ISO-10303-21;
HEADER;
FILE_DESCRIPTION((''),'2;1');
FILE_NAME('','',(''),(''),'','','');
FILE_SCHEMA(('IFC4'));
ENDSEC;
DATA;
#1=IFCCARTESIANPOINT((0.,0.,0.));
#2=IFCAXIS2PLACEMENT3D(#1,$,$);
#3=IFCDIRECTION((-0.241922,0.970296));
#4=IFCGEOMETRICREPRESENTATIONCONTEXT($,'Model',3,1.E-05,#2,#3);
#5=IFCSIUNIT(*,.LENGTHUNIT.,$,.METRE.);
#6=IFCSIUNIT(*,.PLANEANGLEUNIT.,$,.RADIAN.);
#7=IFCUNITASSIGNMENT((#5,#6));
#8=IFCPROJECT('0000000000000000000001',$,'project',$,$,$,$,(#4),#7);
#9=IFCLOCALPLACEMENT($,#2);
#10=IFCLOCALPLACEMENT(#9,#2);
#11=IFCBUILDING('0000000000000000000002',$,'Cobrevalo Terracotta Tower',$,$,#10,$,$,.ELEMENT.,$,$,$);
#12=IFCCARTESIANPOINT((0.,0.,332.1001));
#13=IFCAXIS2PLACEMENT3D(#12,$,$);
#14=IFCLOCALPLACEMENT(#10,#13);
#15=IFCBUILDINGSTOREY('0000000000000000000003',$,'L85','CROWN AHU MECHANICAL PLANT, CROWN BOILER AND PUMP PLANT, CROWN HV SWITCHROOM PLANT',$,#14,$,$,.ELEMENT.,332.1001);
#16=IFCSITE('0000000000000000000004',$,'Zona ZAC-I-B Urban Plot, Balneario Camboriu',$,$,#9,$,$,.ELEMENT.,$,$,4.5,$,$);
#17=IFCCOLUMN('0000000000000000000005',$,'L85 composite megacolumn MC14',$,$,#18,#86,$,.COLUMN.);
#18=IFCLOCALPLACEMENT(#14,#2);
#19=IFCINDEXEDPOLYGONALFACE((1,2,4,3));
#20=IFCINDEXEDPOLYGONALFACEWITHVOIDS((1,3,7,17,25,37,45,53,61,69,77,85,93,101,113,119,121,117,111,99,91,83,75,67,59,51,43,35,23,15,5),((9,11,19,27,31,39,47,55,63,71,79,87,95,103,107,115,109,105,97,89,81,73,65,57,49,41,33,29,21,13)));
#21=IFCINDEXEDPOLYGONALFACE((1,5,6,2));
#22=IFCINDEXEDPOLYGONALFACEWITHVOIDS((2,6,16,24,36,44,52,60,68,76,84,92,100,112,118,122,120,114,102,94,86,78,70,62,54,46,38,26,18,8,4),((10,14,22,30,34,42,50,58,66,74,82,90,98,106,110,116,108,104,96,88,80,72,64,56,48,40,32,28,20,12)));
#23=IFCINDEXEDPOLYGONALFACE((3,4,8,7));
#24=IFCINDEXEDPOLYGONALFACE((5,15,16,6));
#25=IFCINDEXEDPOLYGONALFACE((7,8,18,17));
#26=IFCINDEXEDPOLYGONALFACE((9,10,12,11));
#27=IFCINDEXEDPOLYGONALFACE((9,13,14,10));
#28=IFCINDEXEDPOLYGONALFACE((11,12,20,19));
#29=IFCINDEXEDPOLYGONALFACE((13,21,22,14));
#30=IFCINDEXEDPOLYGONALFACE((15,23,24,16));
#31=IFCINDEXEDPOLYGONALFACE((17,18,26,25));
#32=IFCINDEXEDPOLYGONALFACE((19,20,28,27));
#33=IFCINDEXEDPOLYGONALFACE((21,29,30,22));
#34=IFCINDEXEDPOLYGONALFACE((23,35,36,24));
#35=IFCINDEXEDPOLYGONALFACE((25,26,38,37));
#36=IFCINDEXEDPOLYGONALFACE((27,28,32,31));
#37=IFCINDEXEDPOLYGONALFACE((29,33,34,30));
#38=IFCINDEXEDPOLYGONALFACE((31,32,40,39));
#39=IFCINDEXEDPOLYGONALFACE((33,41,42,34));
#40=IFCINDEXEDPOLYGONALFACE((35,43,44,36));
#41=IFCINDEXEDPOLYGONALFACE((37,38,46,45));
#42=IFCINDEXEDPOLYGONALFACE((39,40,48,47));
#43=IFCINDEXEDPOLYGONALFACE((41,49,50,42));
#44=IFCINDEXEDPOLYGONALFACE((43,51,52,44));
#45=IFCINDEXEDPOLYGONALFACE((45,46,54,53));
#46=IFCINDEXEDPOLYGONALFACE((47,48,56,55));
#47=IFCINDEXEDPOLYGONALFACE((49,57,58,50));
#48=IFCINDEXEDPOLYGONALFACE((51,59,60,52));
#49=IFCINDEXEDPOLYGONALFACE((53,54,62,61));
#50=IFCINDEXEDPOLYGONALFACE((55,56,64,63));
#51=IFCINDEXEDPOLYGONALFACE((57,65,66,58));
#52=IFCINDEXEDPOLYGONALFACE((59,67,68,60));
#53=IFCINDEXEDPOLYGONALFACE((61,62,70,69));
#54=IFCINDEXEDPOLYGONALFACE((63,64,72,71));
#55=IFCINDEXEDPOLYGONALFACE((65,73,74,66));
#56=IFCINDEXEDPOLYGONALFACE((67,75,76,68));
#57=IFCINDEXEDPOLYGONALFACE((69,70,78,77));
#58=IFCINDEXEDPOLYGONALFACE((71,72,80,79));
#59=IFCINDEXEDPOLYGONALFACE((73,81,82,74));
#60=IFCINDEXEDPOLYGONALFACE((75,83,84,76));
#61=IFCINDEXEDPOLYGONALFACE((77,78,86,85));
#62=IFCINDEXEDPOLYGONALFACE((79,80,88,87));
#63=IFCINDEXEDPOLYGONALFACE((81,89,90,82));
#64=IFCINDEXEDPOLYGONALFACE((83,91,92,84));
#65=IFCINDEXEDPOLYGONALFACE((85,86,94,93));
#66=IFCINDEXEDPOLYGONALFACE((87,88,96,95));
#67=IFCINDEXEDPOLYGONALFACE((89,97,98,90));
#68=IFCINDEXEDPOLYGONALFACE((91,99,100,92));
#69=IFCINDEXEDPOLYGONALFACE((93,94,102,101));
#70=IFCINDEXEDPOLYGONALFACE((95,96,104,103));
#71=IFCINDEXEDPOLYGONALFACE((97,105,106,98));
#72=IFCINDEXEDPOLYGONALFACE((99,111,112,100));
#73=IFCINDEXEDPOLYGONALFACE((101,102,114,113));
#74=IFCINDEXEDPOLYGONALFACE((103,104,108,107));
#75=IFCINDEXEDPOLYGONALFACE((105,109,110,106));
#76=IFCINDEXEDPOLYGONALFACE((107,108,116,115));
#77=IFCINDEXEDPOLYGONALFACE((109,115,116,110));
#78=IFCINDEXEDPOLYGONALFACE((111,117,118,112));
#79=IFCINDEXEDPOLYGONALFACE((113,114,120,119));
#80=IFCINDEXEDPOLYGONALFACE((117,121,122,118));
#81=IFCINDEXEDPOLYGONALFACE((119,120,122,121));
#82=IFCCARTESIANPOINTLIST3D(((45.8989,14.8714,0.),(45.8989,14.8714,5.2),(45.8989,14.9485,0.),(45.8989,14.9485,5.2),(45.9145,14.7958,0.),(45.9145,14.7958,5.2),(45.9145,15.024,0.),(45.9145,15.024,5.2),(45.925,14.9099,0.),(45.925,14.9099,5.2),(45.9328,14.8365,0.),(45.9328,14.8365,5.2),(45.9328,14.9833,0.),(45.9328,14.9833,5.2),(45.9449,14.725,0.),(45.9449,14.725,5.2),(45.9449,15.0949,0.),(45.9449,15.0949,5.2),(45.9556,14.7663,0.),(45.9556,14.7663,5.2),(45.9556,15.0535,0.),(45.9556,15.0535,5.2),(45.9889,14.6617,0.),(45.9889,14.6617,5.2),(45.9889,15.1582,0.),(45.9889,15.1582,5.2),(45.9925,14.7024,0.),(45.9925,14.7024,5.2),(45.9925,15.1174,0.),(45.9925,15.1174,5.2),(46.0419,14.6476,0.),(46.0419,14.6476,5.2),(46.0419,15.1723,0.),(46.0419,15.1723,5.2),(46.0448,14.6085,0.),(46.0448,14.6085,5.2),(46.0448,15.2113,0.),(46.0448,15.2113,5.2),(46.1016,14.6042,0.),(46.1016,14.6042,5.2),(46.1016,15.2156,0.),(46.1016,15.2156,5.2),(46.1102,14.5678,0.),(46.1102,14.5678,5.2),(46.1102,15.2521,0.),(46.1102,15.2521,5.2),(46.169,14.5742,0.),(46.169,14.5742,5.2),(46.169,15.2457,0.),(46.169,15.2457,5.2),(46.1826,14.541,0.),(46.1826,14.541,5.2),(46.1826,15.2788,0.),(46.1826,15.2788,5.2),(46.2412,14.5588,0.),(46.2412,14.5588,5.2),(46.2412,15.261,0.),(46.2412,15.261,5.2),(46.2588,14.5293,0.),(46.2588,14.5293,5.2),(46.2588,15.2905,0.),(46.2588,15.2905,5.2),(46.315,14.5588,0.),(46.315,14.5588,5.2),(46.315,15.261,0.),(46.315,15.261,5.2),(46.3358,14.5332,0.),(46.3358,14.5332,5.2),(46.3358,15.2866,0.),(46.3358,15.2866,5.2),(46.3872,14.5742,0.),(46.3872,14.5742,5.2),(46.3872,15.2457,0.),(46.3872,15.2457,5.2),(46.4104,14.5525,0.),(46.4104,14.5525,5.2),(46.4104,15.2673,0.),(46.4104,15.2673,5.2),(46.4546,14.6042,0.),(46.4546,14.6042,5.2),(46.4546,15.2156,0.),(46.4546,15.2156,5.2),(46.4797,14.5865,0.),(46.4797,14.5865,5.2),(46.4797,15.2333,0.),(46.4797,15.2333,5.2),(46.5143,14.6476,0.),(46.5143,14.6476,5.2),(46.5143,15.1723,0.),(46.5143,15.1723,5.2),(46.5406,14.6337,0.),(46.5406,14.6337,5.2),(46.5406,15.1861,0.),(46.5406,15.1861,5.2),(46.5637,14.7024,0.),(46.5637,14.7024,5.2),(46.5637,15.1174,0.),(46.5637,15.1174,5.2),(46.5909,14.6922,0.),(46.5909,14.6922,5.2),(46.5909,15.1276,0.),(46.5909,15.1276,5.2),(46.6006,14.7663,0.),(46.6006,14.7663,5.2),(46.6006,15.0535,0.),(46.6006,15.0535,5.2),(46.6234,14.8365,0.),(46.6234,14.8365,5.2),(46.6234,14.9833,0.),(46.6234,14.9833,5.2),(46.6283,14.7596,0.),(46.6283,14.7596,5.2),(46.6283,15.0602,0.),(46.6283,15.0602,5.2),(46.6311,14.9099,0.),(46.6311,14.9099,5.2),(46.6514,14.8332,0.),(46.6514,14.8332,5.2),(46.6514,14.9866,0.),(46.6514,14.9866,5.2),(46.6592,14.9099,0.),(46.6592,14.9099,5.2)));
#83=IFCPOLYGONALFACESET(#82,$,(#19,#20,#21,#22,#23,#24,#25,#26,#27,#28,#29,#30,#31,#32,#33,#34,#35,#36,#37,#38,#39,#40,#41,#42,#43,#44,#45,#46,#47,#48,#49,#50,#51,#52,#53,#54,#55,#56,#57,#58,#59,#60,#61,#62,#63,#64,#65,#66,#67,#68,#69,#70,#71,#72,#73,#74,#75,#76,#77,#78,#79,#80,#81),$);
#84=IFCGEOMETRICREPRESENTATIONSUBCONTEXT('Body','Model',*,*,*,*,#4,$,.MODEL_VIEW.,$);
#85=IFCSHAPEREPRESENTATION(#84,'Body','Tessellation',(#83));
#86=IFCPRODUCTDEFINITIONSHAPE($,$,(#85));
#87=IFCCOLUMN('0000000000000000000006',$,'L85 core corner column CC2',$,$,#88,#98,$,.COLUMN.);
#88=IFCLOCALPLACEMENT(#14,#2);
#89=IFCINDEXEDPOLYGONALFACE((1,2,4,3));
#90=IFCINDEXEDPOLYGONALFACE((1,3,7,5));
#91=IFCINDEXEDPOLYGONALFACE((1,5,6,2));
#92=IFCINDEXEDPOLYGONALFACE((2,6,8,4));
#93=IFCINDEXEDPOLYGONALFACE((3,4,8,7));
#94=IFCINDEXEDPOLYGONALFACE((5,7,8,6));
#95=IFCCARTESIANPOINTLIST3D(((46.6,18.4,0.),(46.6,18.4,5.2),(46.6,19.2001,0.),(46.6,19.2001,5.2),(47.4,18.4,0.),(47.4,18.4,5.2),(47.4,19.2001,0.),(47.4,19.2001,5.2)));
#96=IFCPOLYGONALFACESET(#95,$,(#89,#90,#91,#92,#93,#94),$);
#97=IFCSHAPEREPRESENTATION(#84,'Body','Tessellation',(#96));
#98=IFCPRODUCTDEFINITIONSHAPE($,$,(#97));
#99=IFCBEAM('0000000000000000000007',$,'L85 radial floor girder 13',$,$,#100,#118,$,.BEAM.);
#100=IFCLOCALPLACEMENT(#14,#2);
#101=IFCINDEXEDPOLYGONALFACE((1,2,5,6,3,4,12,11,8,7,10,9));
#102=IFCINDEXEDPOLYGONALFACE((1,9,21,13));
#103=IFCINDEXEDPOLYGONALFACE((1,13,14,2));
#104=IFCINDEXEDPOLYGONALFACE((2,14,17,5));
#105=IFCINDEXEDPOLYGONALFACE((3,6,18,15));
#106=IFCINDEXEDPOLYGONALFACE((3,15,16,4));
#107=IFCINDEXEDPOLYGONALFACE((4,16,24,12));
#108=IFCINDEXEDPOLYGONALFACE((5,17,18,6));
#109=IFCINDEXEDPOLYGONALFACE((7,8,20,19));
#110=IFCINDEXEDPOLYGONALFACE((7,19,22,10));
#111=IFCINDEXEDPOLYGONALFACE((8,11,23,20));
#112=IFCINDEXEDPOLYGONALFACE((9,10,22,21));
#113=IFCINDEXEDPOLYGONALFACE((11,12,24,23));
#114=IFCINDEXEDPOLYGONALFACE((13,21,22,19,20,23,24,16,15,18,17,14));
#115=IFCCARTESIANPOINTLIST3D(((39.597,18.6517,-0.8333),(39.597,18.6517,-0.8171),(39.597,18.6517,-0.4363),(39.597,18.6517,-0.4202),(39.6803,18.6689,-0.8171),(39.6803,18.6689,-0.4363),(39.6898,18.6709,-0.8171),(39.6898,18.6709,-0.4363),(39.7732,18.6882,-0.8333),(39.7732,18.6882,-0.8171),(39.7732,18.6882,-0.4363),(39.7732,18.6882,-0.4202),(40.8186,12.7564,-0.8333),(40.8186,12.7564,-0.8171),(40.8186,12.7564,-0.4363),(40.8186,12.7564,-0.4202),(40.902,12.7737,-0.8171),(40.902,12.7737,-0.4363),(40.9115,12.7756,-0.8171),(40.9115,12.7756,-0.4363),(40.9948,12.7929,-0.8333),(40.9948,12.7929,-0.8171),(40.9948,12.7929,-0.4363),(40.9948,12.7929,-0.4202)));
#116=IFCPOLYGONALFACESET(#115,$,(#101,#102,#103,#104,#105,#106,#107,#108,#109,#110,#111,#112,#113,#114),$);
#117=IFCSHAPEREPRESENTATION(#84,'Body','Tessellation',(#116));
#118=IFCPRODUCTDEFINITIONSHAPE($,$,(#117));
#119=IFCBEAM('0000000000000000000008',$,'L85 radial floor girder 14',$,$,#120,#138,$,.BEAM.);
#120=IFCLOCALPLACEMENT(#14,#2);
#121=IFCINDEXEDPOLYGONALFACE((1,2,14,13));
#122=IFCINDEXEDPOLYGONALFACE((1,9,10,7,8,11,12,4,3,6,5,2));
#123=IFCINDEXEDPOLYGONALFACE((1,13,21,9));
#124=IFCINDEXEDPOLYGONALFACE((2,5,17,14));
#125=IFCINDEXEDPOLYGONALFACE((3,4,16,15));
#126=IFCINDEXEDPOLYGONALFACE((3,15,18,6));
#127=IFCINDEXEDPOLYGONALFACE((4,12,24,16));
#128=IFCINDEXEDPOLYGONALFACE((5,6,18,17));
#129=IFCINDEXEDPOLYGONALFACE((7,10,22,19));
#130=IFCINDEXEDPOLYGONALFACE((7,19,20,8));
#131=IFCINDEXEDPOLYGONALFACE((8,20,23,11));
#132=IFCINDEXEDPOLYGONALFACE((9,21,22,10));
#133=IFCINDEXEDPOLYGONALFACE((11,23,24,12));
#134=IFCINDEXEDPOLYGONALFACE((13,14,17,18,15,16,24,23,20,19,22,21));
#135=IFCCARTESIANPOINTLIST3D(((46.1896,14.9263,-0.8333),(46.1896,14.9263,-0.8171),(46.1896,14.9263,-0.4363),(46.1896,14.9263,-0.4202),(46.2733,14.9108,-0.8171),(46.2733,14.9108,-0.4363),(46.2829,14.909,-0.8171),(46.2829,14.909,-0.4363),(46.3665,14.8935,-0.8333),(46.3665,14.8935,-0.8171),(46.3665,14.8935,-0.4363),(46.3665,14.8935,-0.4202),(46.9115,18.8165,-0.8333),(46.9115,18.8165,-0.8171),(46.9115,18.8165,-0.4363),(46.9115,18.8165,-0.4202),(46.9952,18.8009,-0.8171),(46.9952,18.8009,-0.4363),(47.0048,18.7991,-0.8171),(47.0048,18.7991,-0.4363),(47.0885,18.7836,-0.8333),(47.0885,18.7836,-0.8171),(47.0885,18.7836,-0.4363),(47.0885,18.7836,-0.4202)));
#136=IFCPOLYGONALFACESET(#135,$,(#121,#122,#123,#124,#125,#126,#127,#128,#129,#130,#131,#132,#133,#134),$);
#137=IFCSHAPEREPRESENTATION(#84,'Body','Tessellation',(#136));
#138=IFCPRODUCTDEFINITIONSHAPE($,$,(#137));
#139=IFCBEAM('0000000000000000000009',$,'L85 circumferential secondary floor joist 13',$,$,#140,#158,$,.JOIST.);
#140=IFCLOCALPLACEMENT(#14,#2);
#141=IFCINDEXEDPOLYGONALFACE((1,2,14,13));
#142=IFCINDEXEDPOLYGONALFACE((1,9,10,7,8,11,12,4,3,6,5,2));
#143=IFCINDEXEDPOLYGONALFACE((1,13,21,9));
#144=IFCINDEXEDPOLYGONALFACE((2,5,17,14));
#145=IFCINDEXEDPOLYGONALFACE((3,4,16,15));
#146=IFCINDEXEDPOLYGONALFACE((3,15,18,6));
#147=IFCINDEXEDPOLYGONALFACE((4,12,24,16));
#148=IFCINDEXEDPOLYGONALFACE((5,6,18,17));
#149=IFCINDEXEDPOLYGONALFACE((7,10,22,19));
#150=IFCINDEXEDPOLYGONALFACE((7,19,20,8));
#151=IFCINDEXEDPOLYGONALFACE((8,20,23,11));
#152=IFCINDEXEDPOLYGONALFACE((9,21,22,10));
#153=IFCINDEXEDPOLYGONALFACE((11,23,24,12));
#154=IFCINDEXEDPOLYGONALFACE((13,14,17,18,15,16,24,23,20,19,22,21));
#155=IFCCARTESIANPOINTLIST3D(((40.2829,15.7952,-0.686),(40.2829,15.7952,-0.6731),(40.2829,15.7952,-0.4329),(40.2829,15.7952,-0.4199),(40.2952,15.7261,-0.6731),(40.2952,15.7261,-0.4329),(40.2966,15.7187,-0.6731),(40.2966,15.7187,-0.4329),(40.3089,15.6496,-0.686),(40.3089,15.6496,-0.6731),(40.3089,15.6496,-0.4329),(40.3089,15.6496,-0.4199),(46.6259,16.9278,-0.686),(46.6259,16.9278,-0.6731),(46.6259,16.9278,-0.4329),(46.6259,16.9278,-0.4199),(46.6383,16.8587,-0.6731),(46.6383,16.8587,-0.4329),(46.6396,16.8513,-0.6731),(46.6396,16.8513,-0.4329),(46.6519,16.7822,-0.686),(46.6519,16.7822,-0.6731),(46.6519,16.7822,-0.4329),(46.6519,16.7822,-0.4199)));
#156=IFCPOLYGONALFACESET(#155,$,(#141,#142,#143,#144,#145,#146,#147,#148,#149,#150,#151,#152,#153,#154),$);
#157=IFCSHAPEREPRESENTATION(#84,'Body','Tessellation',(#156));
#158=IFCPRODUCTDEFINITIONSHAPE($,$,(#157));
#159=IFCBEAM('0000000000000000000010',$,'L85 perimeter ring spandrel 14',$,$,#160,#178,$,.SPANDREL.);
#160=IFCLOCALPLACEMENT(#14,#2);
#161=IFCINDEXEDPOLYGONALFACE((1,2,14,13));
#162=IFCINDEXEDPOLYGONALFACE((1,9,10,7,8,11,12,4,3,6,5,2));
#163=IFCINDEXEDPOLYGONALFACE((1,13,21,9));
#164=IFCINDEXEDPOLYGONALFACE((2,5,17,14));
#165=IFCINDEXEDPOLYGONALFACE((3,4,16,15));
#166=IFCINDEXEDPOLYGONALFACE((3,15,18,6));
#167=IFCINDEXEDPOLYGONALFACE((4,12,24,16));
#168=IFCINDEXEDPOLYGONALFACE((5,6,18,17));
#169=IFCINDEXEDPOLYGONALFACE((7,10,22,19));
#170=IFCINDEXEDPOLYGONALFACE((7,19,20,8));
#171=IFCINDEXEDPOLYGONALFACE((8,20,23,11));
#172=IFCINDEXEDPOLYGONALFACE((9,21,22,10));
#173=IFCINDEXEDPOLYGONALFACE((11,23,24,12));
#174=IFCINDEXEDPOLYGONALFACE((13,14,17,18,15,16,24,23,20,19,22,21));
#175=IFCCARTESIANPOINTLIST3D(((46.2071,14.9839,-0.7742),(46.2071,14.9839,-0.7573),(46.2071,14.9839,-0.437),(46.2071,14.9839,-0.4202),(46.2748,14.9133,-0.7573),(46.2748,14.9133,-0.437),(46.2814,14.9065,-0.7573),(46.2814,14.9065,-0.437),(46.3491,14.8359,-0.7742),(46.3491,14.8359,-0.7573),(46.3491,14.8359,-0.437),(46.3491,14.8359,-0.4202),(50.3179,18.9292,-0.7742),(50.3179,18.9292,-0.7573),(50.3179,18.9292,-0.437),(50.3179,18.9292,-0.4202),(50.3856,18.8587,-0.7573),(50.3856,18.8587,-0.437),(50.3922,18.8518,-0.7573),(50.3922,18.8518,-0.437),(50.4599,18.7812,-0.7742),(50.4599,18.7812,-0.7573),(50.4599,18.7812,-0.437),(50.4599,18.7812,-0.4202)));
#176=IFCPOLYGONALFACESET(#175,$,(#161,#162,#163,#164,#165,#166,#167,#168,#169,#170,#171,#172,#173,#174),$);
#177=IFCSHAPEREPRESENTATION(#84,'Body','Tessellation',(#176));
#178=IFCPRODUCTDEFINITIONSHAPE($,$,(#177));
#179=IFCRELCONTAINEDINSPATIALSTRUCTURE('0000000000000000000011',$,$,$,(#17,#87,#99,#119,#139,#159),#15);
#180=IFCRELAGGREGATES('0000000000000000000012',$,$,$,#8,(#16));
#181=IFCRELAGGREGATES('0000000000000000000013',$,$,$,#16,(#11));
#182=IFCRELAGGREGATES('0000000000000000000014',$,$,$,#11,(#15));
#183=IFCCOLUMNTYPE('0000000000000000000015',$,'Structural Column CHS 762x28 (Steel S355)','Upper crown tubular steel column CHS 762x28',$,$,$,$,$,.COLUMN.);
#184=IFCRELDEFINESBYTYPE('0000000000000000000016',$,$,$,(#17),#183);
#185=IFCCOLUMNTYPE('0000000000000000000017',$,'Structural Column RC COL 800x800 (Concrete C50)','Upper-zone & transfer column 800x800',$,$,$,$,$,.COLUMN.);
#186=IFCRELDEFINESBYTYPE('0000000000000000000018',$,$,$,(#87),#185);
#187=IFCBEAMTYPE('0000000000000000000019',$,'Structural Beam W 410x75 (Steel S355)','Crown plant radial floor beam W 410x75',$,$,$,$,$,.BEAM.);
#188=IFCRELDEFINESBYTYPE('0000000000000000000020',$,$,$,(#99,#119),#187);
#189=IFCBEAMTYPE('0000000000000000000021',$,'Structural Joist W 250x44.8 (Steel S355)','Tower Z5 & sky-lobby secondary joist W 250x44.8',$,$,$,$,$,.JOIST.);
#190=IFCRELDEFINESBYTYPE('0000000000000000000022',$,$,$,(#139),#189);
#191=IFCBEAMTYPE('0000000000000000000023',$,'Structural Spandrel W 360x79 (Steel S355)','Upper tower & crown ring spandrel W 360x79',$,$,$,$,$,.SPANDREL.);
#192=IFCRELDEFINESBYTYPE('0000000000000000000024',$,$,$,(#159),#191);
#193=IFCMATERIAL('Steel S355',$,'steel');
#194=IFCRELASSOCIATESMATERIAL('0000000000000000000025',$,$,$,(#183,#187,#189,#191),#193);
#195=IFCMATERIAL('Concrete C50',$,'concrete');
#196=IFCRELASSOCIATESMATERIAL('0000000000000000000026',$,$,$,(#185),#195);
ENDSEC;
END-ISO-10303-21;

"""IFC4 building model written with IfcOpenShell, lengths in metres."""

from ifc_helpers import new_model, si_unit, direction, frame, origin, origin_2d, place, context, subcontext, project, spatial, rectangle, hollow_circle, i_section, extrude, material, material_profile, profile_set, type_object, element, save


model = new_model("IFC4")

# Units and contexts
model_context = context("Model", 3, precision=1e-05, world=origin(), true_north=direction((-0.241922, 0.970296)))
body_context = subcontext(model_context, "Body", "Model", "MODEL_VIEW")
ifc_project = project(units=[si_unit("LENGTHUNIT", "METRE"), si_unit("PLANEANGLEUNIT", "RADIAN")], contexts=[model_context])

# Site, building, storey
site_placement = place(None, origin())
site = spatial("IfcSite", under=ifc_project, at=site_placement, Name="Zona ZAC-I-B Urban Plot, Balneario Camboriu", CompositionType="ELEMENT", RefElevation=4.5)
building_placement = place(site_placement, origin())
building = spatial("IfcBuilding", under=site, at=building_placement, Name="Cobrevalo Terracotta Tower", CompositionType="ELEMENT")
storey_placement = place(building_placement, frame((0.0, 0.0, 332.1001)))
storey = spatial("IfcBuildingStorey", under=building, at=storey_placement, Name="L85", Description="CROWN AHU MECHANICAL PLANT, CROWN BOILER AND PUMP PLANT, CROWN HV SWITCHROOM PLANT", CompositionType="ELEMENT", Elevation=332.1001)

# Columns
ifc_material_1 = material(Name="Steel S355", Category="steel")
ifc_material_profile_1 = material_profile(ifc_material_1, hollow_circle(Radius=0.3811, WallThickness=0.0281, at=origin_2d()), Name="CHS 762x28")
ifc_profile_set_1 = profile_set([ifc_material_profile_1], Name="Steel S355")
column_type_1 = type_object("IfcColumnType", Name="Structural Column CHS 762x28 (Steel S355)", Description="Upper crown tubular steel column CHS 762x28", PredefinedType="COLUMN", material=ifc_profile_set_1)
column_1_placement = place(storey_placement, frame((46.2781, 14.9099, 0.0), z_axis=(0.0, 0.0, 1.0), x_axis=(1.0, 0.0, 0.0)))
element("IfcColumn", 1, at=column_1_placement, inside=storey, type_object=column_type_1, Name="L85 composite megacolumn MC14", PredefinedType="COLUMN", context=body_context, shape_type="SweptSolid", body=[
    extrude(hollow_circle(Radius=0.3811, WallThickness=0.0281, at=origin_2d()), origin(), (0.0, 0.0, 1.0), 5.2),
])
ifc_material_2 = material(Name="Concrete C50", Category="concrete")
ifc_material_profile_2 = material_profile(ifc_material_2, rectangle(XDim=0.8, YDim=0.8, at=origin_2d()), Name="RC COL 800x800")
ifc_profile_set_2 = profile_set([ifc_material_profile_2], Name="Concrete C50")
column_type_2 = type_object("IfcColumnType", Name="Structural Column RC COL 800x800 (Concrete C50)", Description="Upper-zone & transfer column 800x800", PredefinedType="COLUMN", material=ifc_profile_set_2)
column_2_placement = place(storey_placement, frame((47.0, 18.8, 0.0), z_axis=(0.0, 0.0, 1.0), x_axis=(1.0, 0.0, 0.0)))
element("IfcColumn", 2, at=column_2_placement, inside=storey, type_object=column_type_2, Name="L85 core corner column CC2", PredefinedType="COLUMN", context=body_context, shape_type="SweptSolid", body=[
    extrude(rectangle(XDim=0.8, YDim=0.8, at=origin_2d()), origin(), (0.0, 0.0, 1.0), 5.2),
])

# Beams
ifc_material_profile_3 = material_profile(ifc_material_1, i_section(OverallWidth=0.1799, OverallDepth=0.4131, WebThickness=0.0098, FlangeThickness=0.0161, at=origin_2d()), Name="W 410x75")
ifc_profile_set_3 = profile_set([ifc_material_profile_3], Name="Steel S355")
beam_type_1 = type_object("IfcBeamType", Name="Structural Beam W 410x75 (Steel S355)", Description="Crown plant radial floor beam W 410x75", PredefinedType="BEAM", material=ifc_profile_set_3)
beam_1_placement = place(storey_placement, frame((40.9067, 12.7747, -0.6267), z_axis=(-0.202919, 0.979195, 0.0), x_axis=(-0.979195, -0.202919, 0.0)))
element("IfcBeam", 3, at=beam_1_placement, inside=storey, type_object=beam_type_1, Name="L85 radial floor girder 13", PredefinedType="BEAM", context=body_context, shape_type="SweptSolid", body=[
    extrude(i_section(OverallWidth=0.1799, OverallDepth=0.4131, WebThickness=0.0098, FlangeThickness=0.0161, at=origin_2d()), origin(), (0.0, 0.0, 1.0), 6.0205),
])
beam_2_placement = place(storey_placement, frame((46.2781, 14.9099, -0.6267), z_axis=(0.182463, 0.983213, 0.0), x_axis=(-0.983213, 0.182463, 0.0)))
element("IfcBeam", 4, at=beam_2_placement, inside=storey, type_object=beam_type_1, Name="L85 radial floor girder 14", PredefinedType="BEAM", context=body_context, shape_type="SweptSolid", body=[
    extrude(i_section(OverallWidth=0.1799, OverallDepth=0.4131, WebThickness=0.0098, FlangeThickness=0.0161, at=origin_2d()), origin(), (0.0, 0.0, 1.0), 3.9565),
])
ifc_material_profile_4 = material_profile(ifc_material_1, i_section(OverallWidth=0.1479, OverallDepth=0.2661, WebThickness=0.0076, FlangeThickness=0.0129, at=origin_2d()), Name="W 250x44.8")
ifc_profile_set_4 = profile_set([ifc_material_profile_4], Name="Steel S355")
beam_type_2 = type_object("IfcBeamType", Name="Structural Joist W 250x44.8 (Steel S355)", Description="Tower Z5 & sky-lobby secondary joist W 250x44.8", PredefinedType="JOIST", material=ifc_profile_set_4)
beam_3_placement = place(storey_placement, frame((40.2959, 15.7224, -0.553), z_axis=(0.984431, 0.175774, 0.0), x_axis=(-0.175774, 0.984431, 0.0)))
element("IfcBeam", 5, at=beam_3_placement, inside=storey, type_object=beam_type_2, Name="L85 circumferential secondary floor joist 13", PredefinedType="JOIST", context=body_context, shape_type="SweptSolid", body=[
    extrude(i_section(OverallWidth=0.1479, OverallDepth=0.2661, WebThickness=0.0076, FlangeThickness=0.0129, at=origin_2d()), origin(), (0.0, 0.0, 1.0), 6.4434),
])
ifc_material_profile_5 = material_profile(ifc_material_1, i_section(OverallWidth=0.2051, OverallDepth=0.354, WebThickness=0.0095, FlangeThickness=0.0168, at=origin_2d()), Name="W 360x79")
ifc_profile_set_5 = profile_set([ifc_material_profile_5], Name="Steel S355")
beam_type_3 = type_object("IfcBeamType", Name="Structural Spandrel W 360x79 (Steel S355)", Description="Upper tower & crown ring spandrel W 360x79", PredefinedType="SPANDREL", material=ifc_profile_set_5)
beam_4_placement = place(storey_placement, frame((46.2781, 14.9099, -0.5972), z_axis=(0.721483, 0.692432, 0.0), x_axis=(-0.692432, 0.721483, 0.0)))
element("IfcBeam", 6, at=beam_4_placement, inside=storey, type_object=beam_type_3, Name="L85 perimeter ring spandrel 14", PredefinedType="SPANDREL", context=body_context, shape_type="SweptSolid", body=[
    extrude(i_section(OverallWidth=0.2051, OverallDepth=0.354, WebThickness=0.0095, FlangeThickness=0.0168, at=origin_2d()), origin(), (0.0, 0.0, 1.0), 5.6978),
])

save(model, "model.ifc")
